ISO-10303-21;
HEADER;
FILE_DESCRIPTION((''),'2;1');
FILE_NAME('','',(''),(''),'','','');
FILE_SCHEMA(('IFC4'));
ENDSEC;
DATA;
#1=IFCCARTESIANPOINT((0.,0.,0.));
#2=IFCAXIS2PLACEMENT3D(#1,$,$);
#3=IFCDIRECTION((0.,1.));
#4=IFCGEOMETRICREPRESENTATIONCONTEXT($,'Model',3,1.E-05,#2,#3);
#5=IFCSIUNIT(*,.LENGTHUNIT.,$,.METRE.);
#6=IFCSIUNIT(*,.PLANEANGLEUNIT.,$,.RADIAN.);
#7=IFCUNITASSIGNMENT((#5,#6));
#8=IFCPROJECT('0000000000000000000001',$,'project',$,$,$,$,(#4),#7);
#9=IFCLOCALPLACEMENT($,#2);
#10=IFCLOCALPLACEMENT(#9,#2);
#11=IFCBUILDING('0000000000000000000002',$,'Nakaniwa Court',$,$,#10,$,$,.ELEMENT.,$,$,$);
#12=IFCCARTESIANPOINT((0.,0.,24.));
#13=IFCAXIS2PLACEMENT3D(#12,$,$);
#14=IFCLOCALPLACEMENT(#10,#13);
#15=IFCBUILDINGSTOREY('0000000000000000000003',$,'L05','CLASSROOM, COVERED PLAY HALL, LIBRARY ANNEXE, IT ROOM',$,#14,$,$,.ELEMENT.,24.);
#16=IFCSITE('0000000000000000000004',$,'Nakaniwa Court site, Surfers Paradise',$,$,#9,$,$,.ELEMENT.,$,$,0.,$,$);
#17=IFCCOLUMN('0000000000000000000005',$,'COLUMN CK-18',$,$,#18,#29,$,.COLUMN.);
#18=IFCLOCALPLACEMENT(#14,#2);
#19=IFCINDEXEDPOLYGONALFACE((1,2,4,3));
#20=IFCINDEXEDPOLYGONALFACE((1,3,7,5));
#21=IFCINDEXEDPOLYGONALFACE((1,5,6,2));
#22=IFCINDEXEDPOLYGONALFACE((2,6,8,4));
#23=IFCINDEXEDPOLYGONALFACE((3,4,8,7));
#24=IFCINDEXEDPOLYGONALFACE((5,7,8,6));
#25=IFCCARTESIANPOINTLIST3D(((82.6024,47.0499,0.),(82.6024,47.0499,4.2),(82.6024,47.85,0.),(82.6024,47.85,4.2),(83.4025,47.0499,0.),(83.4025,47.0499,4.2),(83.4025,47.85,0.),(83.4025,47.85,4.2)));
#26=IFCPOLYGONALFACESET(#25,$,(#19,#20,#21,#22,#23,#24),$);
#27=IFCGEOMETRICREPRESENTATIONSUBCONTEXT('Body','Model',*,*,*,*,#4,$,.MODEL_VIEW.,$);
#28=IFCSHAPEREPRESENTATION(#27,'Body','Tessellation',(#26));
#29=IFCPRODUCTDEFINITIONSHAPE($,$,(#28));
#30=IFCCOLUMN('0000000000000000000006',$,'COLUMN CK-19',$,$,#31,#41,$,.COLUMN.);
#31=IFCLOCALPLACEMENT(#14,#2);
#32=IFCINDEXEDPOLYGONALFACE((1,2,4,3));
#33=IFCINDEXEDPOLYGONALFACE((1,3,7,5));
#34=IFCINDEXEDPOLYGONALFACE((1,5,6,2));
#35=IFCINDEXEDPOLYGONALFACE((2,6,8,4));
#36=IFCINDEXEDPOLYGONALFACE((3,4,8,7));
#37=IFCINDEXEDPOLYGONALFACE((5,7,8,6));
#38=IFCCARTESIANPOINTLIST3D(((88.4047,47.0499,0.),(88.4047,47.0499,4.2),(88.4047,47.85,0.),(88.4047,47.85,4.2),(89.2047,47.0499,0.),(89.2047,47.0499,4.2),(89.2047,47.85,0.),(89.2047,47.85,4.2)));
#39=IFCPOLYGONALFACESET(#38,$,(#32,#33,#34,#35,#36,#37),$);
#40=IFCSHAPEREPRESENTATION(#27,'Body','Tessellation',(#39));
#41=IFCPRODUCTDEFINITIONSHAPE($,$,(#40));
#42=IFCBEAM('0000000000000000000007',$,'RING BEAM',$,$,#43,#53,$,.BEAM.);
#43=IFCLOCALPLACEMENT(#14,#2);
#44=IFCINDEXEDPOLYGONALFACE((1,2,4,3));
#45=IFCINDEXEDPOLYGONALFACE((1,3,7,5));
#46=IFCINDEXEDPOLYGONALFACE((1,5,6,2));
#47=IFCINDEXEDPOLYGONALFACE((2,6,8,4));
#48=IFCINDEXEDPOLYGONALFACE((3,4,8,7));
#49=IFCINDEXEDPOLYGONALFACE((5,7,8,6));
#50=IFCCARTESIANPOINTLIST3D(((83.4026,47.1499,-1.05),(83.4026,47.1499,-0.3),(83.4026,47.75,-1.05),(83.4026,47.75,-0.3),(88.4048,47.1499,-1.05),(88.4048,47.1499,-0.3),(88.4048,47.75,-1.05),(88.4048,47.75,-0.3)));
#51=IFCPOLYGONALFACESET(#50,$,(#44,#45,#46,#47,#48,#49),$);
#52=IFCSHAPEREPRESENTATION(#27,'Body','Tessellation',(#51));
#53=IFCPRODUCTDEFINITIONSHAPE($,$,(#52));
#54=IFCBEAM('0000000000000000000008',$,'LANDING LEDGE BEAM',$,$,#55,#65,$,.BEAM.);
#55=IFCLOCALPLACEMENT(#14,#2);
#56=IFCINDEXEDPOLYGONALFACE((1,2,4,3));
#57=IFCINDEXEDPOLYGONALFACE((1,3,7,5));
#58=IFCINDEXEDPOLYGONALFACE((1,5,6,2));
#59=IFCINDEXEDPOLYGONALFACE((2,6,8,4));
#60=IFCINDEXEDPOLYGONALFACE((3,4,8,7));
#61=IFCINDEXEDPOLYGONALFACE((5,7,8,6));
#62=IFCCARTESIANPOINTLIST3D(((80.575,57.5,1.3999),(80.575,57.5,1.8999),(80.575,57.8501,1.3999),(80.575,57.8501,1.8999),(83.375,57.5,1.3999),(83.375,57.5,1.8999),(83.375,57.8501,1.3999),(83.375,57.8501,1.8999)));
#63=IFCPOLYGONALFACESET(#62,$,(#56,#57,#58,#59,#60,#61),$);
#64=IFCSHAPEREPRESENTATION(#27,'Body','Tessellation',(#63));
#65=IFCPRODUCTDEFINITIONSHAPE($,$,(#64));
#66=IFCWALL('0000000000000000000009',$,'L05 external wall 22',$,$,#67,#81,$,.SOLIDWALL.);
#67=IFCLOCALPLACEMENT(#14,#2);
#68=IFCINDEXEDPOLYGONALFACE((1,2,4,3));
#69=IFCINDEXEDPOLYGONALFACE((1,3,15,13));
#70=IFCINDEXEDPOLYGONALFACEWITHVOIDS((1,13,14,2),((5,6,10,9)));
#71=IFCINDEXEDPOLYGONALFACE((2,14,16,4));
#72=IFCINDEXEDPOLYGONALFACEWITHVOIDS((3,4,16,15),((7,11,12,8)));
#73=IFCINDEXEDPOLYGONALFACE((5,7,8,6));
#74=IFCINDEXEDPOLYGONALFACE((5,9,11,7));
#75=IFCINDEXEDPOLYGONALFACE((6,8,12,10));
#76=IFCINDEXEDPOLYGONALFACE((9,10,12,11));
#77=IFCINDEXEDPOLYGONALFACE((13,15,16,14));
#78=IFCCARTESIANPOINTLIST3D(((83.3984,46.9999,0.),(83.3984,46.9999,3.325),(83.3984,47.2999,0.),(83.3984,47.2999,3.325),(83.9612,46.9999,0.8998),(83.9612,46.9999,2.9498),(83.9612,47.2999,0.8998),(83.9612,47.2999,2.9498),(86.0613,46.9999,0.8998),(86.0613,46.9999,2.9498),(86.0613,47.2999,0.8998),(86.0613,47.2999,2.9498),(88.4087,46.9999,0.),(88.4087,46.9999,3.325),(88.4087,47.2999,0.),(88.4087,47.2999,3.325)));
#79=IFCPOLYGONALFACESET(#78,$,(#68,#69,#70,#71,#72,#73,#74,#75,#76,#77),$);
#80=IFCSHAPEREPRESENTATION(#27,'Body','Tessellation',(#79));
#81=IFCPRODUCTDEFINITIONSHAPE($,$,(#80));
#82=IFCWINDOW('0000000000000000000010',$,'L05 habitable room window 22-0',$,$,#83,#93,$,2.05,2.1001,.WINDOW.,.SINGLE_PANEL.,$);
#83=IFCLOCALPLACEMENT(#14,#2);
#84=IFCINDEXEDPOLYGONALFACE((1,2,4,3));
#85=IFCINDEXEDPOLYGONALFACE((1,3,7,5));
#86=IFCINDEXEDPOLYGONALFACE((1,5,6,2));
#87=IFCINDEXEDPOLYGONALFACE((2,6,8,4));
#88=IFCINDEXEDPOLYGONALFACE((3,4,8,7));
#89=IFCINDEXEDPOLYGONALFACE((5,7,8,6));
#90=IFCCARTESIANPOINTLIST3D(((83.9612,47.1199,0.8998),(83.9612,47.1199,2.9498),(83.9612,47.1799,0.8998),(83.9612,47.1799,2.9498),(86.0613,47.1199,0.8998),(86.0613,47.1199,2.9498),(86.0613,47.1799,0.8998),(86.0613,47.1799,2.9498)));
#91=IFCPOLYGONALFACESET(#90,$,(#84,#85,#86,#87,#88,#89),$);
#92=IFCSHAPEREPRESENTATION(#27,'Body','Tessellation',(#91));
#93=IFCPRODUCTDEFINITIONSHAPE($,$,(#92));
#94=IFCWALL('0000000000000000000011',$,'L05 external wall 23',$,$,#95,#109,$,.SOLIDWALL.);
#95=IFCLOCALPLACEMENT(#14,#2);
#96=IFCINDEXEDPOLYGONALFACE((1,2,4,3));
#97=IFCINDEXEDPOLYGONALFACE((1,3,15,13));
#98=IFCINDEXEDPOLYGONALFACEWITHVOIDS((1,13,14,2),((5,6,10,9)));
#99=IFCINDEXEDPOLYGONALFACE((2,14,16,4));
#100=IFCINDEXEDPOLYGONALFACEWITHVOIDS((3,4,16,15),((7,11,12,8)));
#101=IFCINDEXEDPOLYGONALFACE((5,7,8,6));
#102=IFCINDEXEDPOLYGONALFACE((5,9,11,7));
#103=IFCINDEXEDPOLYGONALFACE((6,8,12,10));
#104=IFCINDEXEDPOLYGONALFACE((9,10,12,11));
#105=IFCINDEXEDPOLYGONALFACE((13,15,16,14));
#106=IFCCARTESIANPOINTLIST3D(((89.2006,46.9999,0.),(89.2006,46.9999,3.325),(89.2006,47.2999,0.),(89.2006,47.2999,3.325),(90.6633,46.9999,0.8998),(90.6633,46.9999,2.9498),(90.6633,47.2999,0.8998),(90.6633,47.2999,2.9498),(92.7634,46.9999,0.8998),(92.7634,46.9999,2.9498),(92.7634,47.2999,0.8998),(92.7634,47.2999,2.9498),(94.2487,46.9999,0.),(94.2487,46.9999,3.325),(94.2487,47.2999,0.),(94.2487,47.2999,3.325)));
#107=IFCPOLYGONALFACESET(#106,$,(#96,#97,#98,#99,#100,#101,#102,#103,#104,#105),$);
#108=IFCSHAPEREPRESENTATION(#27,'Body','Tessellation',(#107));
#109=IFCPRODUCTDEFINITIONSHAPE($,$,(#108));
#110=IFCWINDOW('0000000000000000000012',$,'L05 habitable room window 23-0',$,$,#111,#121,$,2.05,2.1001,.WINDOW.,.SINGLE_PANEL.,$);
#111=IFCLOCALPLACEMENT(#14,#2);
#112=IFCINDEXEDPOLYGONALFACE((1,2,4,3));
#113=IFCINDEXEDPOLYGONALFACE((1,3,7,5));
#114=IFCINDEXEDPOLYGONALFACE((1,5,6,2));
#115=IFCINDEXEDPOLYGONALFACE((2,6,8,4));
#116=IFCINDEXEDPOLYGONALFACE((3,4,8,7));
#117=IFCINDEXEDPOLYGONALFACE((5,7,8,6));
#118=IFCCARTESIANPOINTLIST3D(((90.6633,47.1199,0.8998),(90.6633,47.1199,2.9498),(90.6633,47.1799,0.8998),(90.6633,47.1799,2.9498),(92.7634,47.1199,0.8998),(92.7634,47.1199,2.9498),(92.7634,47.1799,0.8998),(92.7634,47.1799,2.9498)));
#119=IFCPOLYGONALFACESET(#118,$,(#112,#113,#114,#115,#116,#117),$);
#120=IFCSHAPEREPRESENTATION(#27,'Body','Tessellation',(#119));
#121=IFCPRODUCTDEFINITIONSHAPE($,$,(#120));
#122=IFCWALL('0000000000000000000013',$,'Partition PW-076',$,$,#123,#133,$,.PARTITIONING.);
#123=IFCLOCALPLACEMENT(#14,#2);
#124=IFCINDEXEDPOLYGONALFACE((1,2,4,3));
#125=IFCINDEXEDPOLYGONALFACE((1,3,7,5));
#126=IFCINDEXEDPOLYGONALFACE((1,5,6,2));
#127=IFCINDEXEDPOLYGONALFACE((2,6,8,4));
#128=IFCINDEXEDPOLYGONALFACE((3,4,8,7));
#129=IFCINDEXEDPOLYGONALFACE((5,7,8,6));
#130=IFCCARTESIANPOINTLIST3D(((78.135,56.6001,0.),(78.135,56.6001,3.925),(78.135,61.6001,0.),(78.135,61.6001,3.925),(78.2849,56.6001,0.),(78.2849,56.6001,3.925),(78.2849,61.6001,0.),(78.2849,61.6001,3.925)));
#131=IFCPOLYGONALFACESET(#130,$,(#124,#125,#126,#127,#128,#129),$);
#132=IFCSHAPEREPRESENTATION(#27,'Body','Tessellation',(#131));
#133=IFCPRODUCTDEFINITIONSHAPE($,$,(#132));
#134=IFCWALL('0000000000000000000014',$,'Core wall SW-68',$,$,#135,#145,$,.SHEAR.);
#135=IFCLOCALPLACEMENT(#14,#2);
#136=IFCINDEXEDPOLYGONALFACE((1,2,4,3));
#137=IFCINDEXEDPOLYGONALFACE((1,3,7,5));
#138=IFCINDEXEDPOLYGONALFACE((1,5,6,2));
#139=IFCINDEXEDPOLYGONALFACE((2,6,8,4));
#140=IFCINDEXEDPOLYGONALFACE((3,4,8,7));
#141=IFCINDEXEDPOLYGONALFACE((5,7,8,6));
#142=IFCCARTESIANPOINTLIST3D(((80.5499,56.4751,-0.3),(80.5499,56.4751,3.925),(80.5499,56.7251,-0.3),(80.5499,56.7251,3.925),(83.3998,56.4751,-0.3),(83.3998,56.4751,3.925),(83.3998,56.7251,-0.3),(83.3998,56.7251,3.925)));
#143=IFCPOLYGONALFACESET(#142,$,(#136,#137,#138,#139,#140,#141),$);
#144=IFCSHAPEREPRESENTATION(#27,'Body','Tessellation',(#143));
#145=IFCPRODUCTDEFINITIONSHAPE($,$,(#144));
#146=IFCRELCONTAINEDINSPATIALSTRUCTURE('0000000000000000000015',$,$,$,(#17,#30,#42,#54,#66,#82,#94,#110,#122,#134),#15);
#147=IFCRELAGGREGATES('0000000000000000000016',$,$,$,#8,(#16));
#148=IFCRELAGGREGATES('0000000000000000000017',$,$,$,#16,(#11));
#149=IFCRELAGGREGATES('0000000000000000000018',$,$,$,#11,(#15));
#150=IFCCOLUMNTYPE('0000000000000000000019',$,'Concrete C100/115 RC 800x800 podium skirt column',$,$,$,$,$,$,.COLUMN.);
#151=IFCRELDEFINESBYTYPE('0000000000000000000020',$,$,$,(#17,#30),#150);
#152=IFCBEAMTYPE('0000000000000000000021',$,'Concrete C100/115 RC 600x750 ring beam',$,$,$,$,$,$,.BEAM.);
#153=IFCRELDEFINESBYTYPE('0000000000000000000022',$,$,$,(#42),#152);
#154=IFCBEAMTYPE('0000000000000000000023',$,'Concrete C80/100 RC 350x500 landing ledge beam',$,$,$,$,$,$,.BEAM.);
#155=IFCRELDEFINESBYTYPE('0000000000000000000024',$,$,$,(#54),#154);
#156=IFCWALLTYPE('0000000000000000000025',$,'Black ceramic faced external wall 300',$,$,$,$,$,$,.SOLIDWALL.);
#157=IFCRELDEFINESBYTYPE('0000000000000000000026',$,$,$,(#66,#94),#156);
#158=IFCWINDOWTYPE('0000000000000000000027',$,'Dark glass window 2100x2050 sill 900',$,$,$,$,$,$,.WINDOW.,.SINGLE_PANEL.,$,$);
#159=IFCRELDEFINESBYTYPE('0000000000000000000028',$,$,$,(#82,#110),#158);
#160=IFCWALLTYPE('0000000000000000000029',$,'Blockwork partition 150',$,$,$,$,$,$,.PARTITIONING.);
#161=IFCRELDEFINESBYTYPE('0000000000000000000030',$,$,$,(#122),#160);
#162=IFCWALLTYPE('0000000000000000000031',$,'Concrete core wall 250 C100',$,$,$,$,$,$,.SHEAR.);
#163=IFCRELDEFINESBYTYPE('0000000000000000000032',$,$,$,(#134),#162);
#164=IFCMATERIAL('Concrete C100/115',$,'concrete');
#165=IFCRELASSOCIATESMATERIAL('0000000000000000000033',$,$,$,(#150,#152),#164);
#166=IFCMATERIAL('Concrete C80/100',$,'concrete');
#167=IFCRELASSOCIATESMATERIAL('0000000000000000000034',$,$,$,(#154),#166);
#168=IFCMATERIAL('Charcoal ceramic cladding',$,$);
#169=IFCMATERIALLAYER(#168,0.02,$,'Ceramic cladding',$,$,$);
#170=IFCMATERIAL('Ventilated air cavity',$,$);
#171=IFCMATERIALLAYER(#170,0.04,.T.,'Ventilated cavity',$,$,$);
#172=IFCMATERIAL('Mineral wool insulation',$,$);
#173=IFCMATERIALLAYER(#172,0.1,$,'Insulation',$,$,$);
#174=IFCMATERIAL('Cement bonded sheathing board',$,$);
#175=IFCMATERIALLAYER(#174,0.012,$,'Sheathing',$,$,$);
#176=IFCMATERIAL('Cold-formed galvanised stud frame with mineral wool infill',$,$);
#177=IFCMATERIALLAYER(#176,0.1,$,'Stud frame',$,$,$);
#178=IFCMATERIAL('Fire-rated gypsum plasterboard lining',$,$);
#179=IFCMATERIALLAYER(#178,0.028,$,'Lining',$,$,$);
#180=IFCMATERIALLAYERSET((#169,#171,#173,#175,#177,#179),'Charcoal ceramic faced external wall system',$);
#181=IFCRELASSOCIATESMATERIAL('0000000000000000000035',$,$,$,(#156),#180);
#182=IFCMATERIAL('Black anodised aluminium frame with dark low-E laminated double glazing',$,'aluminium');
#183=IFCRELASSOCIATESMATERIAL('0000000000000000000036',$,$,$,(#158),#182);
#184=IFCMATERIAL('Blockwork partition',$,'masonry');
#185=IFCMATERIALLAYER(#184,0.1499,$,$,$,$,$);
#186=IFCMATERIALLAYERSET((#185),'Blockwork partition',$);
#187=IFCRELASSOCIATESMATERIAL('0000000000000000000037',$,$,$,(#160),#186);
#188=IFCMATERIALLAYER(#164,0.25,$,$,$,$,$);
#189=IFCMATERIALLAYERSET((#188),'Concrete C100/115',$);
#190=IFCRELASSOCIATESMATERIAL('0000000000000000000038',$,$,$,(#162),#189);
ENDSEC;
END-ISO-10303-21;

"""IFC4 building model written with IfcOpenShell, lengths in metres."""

from ifc_helpers import new_model, si_unit, direction, frame, frame_2d, origin, origin_2d, place, context, subcontext, project, spatial, rectangle, extrude, material, layer, layer_set, material_profile, profile_set, type_object, element, fill, save


model = new_model("IFC4")

# Units and contexts
model_context = context("Model", 3, precision=1e-05, world=origin(), true_north=direction((0.0, 1.0)))
body_context = subcontext(model_context, "Body", "Model", "MODEL_VIEW")
ifc_project = project(units=[si_unit("LENGTHUNIT", "METRE"), si_unit("PLANEANGLEUNIT", "RADIAN")], contexts=[model_context])

# Site, building, storey
site_placement = place(None, origin())
site = spatial("IfcSite", under=ifc_project, at=site_placement, Name="Nakaniwa Court site, Surfers Paradise", CompositionType="ELEMENT", RefElevation=0.0)
building_placement = place(site_placement, origin())
building = spatial("IfcBuilding", under=site, at=building_placement, Name="Nakaniwa Court", CompositionType="ELEMENT")
storey_placement = place(building_placement, frame((0.0, 0.0, 24.0)))
storey = spatial("IfcBuildingStorey", under=building, at=storey_placement, Name="L05", Description="CLASSROOM, COVERED PLAY HALL, LIBRARY ANNEXE, IT ROOM", CompositionType="ELEMENT", Elevation=24.0)

# Columns
ifc_material_1 = material(Name="Concrete C100/115", Category="concrete")
ifc_material_profile_1 = material_profile(ifc_material_1, rectangle(XDim=0.8, YDim=0.8, at=origin_2d()), Name="Concrete C100/115 RC 800x800 podium skirt column")
ifc_profile_set_1 = profile_set([ifc_material_profile_1], Name="Concrete C100/115")
column_type = type_object("IfcColumnType", Name="Concrete C100/115 RC 800x800 podium skirt column", PredefinedType="COLUMN", material=ifc_profile_set_1)
for number, where, z_axis, x_axis, name in (
    (1, (83.0024, 47.45, 0.0), (0.0, 0.0, 1.0), (1.0, 0.0, 0.0), "COLUMN CK-18"),
    (2, (88.8047, 47.45, 0.0), (0.0, 0.0, 1.0), (1.0, 0.0, 0.0), "COLUMN CK-19"),
):
    element("IfcColumn", number, at=place(storey_placement, frame(where, z_axis=z_axis, x_axis=x_axis)), inside=storey, type_object=column_type, Name=name, PredefinedType="COLUMN", context=body_context, shape_type="SweptSolid", body=[
        extrude(rectangle(XDim=0.8, YDim=0.8, at=origin_2d()), origin(), (0.0, 0.0, 1.0), 4.2),
    ])

# Beams
ifc_material_profile_2 = material_profile(ifc_material_1, rectangle(XDim=0.6001, YDim=0.75, at=origin_2d()), Name="Concrete C100/115 RC 600x750 ring beam")
ifc_profile_set_2 = profile_set([ifc_material_profile_2], Name="Concrete C100/115")
beam_type_1 = type_object("IfcBeamType", Name="Concrete C100/115 RC 600x750 ring beam", PredefinedType="BEAM", material=ifc_profile_set_2)
beam_1_placement = place(storey_placement, frame((83.4026, 47.45, -0.675), z_axis=(1.0, 0.0, 0.0), x_axis=(0.0, 1.0, 0.0)))
element("IfcBeam", 3, at=beam_1_placement, inside=storey, type_object=beam_type_1, Name="RING BEAM", PredefinedType="BEAM", context=body_context, shape_type="SweptSolid", body=[
    extrude(rectangle(XDim=0.6001, YDim=0.75, at=origin_2d()), origin(), (0.0, 0.0, 1.0), 5.0022),
])
ifc_material_2 = material(Name="Concrete C80/100", Category="concrete")
ifc_material_profile_3 = material_profile(ifc_material_2, rectangle(XDim=0.3501, YDim=0.5, at=origin_2d()), Name="Concrete C80/100 RC 350x500 landing ledge beam")
ifc_profile_set_3 = profile_set([ifc_material_profile_3], Name="Concrete C80/100")
beam_type_2 = type_object("IfcBeamType", Name="Concrete C80/100 RC 350x500 landing ledge beam", PredefinedType="BEAM", material=ifc_profile_set_3)
beam_2_placement = place(storey_placement, frame((80.575, 57.675, 1.6499), z_axis=(1.0, 0.0, 0.0), x_axis=(0.0, 1.0, 0.0)))
element("IfcBeam", 4, at=beam_2_placement, inside=storey, type_object=beam_type_2, Name="LANDING LEDGE BEAM", PredefinedType="BEAM", context=body_context, shape_type="SweptSolid", body=[
    extrude(rectangle(XDim=0.3501, YDim=0.5, at=origin_2d()), origin(), (0.0, 0.0, 1.0), 2.8),
])

# Walls, openings, windows
ifc_material_3 = material(Name="Charcoal ceramic cladding")
ifc_layer_1 = layer(ifc_material_3, 0.02, Name="Ceramic cladding")
ifc_material_4 = material(Name="Ventilated air cavity")
ifc_layer_2 = layer(ifc_material_4, 0.04, ventilated=True, Name="Ventilated cavity")
ifc_material_5 = material(Name="Mineral wool insulation")
ifc_layer_3 = layer(ifc_material_5, 0.1, Name="Insulation")
ifc_material_6 = material(Name="Cement bonded sheathing board")
ifc_layer_4 = layer(ifc_material_6, 0.012, Name="Sheathing")
ifc_material_7 = material(Name="Cold-formed galvanised stud frame with mineral wool infill")
ifc_layer_5 = layer(ifc_material_7, 0.1, Name="Stud frame")
ifc_material_8 = material(Name="Fire-rated gypsum plasterboard lining")
ifc_layer_6 = layer(ifc_material_8, 0.028, Name="Lining")
ifc_layer_set_1 = layer_set([ifc_layer_1, ifc_layer_2, ifc_layer_3, ifc_layer_4, ifc_layer_5, ifc_layer_6], Name="Charcoal ceramic faced external wall system")
wall_type_1 = type_object("IfcWallType", Name="Black ceramic faced external wall 300", PredefinedType="SOLIDWALL", material=ifc_layer_set_1)
wall_1_placement = place(storey_placement, frame((83.3984, 47.1499, 0.0), z_axis=(0.0, 0.0, 1.0), x_axis=(1.0, 0.0, 0.0)))
wall_1 = element("IfcWall", 5, at=wall_1_placement, inside=storey, type_object=wall_type_1, Name="L05 external wall 22", PredefinedType="SOLIDWALL", context=body_context, shape_type="SweptSolid", body=[
    extrude(rectangle(XDim=5.0103, YDim=0.3, at=frame_2d((2.5051, 0.0))), origin(), (0.0, 0.0, 1.0), 3.325),
])
opening_1_placement = place(wall_1_placement, frame((0.5627, 0.0, 0.8999)))
opening_1 = element("IfcOpeningElement", 6, at=opening_1_placement, cuts=wall_1, PredefinedType="OPENING", context=body_context, shape_type="SweptSolid", body=[
    extrude(rectangle(XDim=2.1001, YDim=2.05, at=frame_2d((1.05, 1.0249))), frame((0.0, 0.1599, 0.0), z_axis=(0.0, -1.0, 0.0), x_axis=(1.0, 0.0, 0.0)), (0.0, 0.0, 1.0), 0.3201),
])
ifc_material_9 = material(Name="Black anodised aluminium frame with dark low-E laminated double glazing", Category="aluminium")
window_type = type_object("IfcWindowType", Name="Dark glass window 2100x2050 sill 900", PartitioningType="SINGLE_PANEL", PredefinedType="WINDOW", material=ifc_material_9)
window_1_placement = place(opening_1_placement, origin())
window_1 = element("IfcWindow", 7, at=window_1_placement, inside=storey, type_object=window_type, Name="L05 habitable room window 22-0", OverallHeight=2.05, OverallWidth=2.1001, PartitioningType="SINGLE_PANEL", PredefinedType="WINDOW", context=body_context, shape_type="SweptSolid", body=[
    extrude(rectangle(XDim=2.1001, YDim=2.05, at=frame_2d((1.05, 1.0249))), frame((0.0, 0.03, 0.0), z_axis=(0.0, -1.0, 0.0), x_axis=(1.0, 0.0, 0.0)), (0.0, 0.0, 1.0), 0.0601),
])
fill(opening_1, window_1)
wall_2_placement = place(storey_placement, frame((89.2007, 47.1499, 0.0), z_axis=(0.0, 0.0, 1.0), x_axis=(1.0, 0.0, 0.0)))
wall_2 = element("IfcWall", 8, at=wall_2_placement, inside=storey, type_object=wall_type_1, Name="L05 external wall 23", PredefinedType="SOLIDWALL", context=body_context, shape_type="SweptSolid", body=[
    extrude(rectangle(XDim=5.0481, YDim=0.3, at=frame_2d((2.5239, 0.0))), origin(), (0.0, 0.0, 1.0), 3.325),
])
opening_2_placement = place(wall_2_placement, frame((1.4626, 0.0, 0.8999)))
opening_2 = element("IfcOpeningElement", 9, at=opening_2_placement, cuts=wall_2, PredefinedType="OPENING", context=body_context, shape_type="SweptSolid", body=[
    extrude(rectangle(XDim=2.1001, YDim=2.05, at=frame_2d((1.05, 1.0249))), frame((0.0, 0.1599, 0.0), z_axis=(0.0, -1.0, 0.0), x_axis=(1.0, 0.0, 0.0)), (0.0, 0.0, 1.0), 0.3201),
])
window_2_placement = place(opening_2_placement, origin())
window_2 = element("IfcWindow", 10, at=window_2_placement, inside=storey, type_object=window_type, Name="L05 habitable room window 23-0", OverallHeight=2.05, OverallWidth=2.1001, PartitioningType="SINGLE_PANEL", PredefinedType="WINDOW", context=body_context, shape_type="SweptSolid", body=[
    extrude(rectangle(XDim=2.1001, YDim=2.05, at=frame_2d((1.05, 1.0249))), frame((0.0, 0.03, 0.0), z_axis=(0.0, -1.0, 0.0), x_axis=(1.0, 0.0, 0.0)), (0.0, 0.0, 1.0), 0.0601),
])
fill(opening_2, window_2)

# Walls
ifc_material_10 = material(Name="Blockwork partition", Category="masonry")
ifc_layer_7 = layer(ifc_material_10, 0.1499)
ifc_layer_set_2 = layer_set([ifc_layer_7], Name="Blockwork partition")
wall_type_2 = type_object("IfcWallType", Name="Blockwork partition 150", PredefinedType="PARTITIONING", material=ifc_layer_set_2)
wall_3_placement = place(storey_placement, frame((78.21, 56.6001, 0.0), z_axis=(0.0, 0.0, 1.0), x_axis=(0.0, 1.0, 0.0)))
element("IfcWall", 11, at=wall_3_placement, inside=storey, type_object=wall_type_2, Name="Partition PW-076", PredefinedType="PARTITIONING", context=body_context, shape_type="SweptSolid", body=[
    extrude(rectangle(XDim=5.0, YDim=0.1499, at=frame_2d((2.5, 0.0))), origin(), (0.0, 0.0, 1.0), 3.925),
])
ifc_layer_8 = layer(ifc_material_1, 0.25)
ifc_layer_set_3 = layer_set([ifc_layer_8], Name="Concrete C100/115")
wall_type_3 = type_object("IfcWallType", Name="Concrete core wall 250 C100", PredefinedType="SHEAR", material=ifc_layer_set_3)
wall_4_placement = place(storey_placement, frame((80.55, 56.6001, -0.3), z_axis=(0.0, 0.0, 1.0), x_axis=(1.0, 0.0, 0.0)))
element("IfcWall", 12, at=wall_4_placement, inside=storey, type_object=wall_type_3, Name="Core wall SW-68", PredefinedType="SHEAR", context=body_context, shape_type="SweptSolid", body=[
    extrude(rectangle(XDim=2.8499, YDim=0.25, at=frame_2d((1.4248, 0.0))), origin(), (0.0, 0.0, 1.0), 4.2251),
])

save(model, "model.ifc")
